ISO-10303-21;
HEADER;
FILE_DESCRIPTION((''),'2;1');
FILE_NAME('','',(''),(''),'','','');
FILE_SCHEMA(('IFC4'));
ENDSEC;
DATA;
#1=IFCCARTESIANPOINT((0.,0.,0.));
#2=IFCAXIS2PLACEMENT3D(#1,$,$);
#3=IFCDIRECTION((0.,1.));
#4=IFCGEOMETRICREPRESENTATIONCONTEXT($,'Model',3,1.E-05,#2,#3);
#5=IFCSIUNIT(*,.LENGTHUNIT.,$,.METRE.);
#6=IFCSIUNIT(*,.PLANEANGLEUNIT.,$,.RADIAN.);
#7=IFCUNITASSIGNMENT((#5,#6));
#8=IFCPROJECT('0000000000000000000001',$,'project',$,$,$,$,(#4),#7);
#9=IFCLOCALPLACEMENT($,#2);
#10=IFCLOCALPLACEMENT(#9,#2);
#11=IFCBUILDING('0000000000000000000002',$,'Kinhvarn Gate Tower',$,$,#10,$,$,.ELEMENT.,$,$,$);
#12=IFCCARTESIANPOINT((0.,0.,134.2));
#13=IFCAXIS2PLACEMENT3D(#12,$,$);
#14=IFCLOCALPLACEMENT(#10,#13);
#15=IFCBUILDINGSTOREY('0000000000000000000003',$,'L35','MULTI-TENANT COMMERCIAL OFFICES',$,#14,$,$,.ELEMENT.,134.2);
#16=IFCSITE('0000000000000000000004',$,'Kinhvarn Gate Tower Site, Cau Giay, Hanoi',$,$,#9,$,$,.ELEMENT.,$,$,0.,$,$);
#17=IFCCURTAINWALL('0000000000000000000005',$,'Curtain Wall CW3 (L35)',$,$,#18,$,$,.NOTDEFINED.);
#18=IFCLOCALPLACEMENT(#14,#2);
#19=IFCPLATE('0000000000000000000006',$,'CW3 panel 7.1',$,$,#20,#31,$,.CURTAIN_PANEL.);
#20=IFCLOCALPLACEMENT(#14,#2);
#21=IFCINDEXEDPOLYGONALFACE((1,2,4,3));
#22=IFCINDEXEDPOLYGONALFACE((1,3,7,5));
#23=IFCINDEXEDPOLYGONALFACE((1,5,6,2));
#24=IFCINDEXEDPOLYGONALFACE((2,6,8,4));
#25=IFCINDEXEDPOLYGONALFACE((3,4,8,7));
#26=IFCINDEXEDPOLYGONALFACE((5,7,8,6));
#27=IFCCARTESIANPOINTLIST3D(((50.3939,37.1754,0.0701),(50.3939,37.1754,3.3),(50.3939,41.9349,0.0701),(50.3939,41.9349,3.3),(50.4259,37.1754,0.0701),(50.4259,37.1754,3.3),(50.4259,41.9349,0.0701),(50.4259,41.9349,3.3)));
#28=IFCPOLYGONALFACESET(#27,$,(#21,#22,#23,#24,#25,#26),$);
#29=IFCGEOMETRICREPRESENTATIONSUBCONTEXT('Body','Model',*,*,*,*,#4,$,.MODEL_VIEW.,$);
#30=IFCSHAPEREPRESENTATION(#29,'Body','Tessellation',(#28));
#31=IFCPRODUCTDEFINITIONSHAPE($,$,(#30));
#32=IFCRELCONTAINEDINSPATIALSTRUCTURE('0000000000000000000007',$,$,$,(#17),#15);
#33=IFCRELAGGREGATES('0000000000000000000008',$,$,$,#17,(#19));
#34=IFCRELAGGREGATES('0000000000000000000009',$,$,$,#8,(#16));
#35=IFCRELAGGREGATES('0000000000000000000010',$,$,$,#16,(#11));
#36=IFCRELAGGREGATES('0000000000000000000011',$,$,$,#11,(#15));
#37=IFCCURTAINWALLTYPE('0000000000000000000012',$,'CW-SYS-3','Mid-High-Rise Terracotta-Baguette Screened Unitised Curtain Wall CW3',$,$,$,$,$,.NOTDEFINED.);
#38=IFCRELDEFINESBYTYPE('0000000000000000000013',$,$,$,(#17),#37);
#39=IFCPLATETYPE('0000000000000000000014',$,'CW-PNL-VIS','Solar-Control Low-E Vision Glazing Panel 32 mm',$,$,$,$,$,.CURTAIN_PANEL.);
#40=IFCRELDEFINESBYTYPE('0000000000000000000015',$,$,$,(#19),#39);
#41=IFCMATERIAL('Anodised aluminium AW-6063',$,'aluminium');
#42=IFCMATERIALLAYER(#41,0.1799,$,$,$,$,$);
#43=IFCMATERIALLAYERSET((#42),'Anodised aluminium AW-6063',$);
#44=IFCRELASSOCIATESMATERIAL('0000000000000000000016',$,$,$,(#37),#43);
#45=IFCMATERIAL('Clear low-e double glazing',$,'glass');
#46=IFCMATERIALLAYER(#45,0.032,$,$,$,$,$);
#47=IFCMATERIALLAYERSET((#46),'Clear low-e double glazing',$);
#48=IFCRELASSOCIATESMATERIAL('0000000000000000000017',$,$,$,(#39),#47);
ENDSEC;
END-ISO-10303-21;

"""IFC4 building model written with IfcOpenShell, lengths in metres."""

from ifc_helpers import new_model, si_unit, direction, frame, origin, origin_2d, place, context, subcontext, project, spatial, rectangle, extrude, material, layer, layer_set, type_object, element, aggregate, save


model = new_model("IFC4")

# Units and contexts
model_context = context("Model", 3, precision=1e-05, world=origin(), true_north=direction((0.0, 1.0)))
body_context = subcontext(model_context, "Body", "Model", "MODEL_VIEW")
ifc_project = project(units=[si_unit("LENGTHUNIT", "METRE"), si_unit("PLANEANGLEUNIT", "RADIAN")], contexts=[model_context])

# Site, building, storey
site_placement = place(None, origin())
site = spatial("IfcSite", under=ifc_project, at=site_placement, Name="Kinhvarn Gate Tower Site, Cau Giay, Hanoi", CompositionType="ELEMENT", RefElevation=0.0)
building_placement = place(site_placement, origin())
building = spatial("IfcBuilding", under=site, at=building_placement, Name="Kinhvarn Gate Tower", CompositionType="ELEMENT")
storey_placement = place(building_placement, frame((0.0, 0.0, 134.2)))
storey = spatial("IfcBuildingStorey", under=building, at=storey_placement, Name="L35", Description="MULTI-TENANT COMMERCIAL OFFICES", CompositionType="ELEMENT", Elevation=134.2)

# Curtain wall
ifc_material_1 = material(Name="Anodised aluminium AW-6063", Category="aluminium")
ifc_layer_1 = layer(ifc_material_1, 0.1799)
ifc_layer_set_1 = layer_set([ifc_layer_1], Name="Anodised aluminium AW-6063")
curtain_wall_type = type_object("IfcCurtainWallType", Name="CW-SYS-3", Description="Mid-High-Rise Terracotta-Baguette Screened Unitised Curtain Wall CW3", PredefinedType="NOTDEFINED", material=ifc_layer_set_1)
curtain_wall_placement = place(storey_placement, origin())
curtain_wall = element("IfcCurtainWall", 1, at=curtain_wall_placement, inside=storey, type_object=curtain_wall_type, Name="Curtain Wall CW3 (L35)", PredefinedType="NOTDEFINED")

# Plate
ifc_material_2 = material(Name="Clear low-e double glazing", Category="glass")
ifc_layer_2 = layer(ifc_material_2, 0.032)
ifc_layer_set_2 = layer_set([ifc_layer_2], Name="Clear low-e double glazing")
plate_type = type_object("IfcPlateType", Name="CW-PNL-VIS", Description="Solar-Control Low-E Vision Glazing Panel 32 mm", PredefinedType="CURTAIN_PANEL", material=ifc_layer_set_2)
plate_1_placement = place(storey_placement, frame((50.4099, 39.5552, 0.0701), z_axis=(0.0, 0.0, 1.0), x_axis=(0.0, 1.0, 0.0)))
plate_1 = element("IfcPlate", 2, at=plate_1_placement, type_object=plate_type, Name="CW3 panel 7.1", PredefinedType="CURTAIN_PANEL", context=body_context, shape_type="SweptSolid", body=[
    extrude(rectangle(XDim=4.7595, YDim=0.032, at=origin_2d()), origin(), (0.0, 0.0, 1.0), 3.23),
])
aggregate(curtain_wall, [plate_1])

save(model, "model.ifc")
